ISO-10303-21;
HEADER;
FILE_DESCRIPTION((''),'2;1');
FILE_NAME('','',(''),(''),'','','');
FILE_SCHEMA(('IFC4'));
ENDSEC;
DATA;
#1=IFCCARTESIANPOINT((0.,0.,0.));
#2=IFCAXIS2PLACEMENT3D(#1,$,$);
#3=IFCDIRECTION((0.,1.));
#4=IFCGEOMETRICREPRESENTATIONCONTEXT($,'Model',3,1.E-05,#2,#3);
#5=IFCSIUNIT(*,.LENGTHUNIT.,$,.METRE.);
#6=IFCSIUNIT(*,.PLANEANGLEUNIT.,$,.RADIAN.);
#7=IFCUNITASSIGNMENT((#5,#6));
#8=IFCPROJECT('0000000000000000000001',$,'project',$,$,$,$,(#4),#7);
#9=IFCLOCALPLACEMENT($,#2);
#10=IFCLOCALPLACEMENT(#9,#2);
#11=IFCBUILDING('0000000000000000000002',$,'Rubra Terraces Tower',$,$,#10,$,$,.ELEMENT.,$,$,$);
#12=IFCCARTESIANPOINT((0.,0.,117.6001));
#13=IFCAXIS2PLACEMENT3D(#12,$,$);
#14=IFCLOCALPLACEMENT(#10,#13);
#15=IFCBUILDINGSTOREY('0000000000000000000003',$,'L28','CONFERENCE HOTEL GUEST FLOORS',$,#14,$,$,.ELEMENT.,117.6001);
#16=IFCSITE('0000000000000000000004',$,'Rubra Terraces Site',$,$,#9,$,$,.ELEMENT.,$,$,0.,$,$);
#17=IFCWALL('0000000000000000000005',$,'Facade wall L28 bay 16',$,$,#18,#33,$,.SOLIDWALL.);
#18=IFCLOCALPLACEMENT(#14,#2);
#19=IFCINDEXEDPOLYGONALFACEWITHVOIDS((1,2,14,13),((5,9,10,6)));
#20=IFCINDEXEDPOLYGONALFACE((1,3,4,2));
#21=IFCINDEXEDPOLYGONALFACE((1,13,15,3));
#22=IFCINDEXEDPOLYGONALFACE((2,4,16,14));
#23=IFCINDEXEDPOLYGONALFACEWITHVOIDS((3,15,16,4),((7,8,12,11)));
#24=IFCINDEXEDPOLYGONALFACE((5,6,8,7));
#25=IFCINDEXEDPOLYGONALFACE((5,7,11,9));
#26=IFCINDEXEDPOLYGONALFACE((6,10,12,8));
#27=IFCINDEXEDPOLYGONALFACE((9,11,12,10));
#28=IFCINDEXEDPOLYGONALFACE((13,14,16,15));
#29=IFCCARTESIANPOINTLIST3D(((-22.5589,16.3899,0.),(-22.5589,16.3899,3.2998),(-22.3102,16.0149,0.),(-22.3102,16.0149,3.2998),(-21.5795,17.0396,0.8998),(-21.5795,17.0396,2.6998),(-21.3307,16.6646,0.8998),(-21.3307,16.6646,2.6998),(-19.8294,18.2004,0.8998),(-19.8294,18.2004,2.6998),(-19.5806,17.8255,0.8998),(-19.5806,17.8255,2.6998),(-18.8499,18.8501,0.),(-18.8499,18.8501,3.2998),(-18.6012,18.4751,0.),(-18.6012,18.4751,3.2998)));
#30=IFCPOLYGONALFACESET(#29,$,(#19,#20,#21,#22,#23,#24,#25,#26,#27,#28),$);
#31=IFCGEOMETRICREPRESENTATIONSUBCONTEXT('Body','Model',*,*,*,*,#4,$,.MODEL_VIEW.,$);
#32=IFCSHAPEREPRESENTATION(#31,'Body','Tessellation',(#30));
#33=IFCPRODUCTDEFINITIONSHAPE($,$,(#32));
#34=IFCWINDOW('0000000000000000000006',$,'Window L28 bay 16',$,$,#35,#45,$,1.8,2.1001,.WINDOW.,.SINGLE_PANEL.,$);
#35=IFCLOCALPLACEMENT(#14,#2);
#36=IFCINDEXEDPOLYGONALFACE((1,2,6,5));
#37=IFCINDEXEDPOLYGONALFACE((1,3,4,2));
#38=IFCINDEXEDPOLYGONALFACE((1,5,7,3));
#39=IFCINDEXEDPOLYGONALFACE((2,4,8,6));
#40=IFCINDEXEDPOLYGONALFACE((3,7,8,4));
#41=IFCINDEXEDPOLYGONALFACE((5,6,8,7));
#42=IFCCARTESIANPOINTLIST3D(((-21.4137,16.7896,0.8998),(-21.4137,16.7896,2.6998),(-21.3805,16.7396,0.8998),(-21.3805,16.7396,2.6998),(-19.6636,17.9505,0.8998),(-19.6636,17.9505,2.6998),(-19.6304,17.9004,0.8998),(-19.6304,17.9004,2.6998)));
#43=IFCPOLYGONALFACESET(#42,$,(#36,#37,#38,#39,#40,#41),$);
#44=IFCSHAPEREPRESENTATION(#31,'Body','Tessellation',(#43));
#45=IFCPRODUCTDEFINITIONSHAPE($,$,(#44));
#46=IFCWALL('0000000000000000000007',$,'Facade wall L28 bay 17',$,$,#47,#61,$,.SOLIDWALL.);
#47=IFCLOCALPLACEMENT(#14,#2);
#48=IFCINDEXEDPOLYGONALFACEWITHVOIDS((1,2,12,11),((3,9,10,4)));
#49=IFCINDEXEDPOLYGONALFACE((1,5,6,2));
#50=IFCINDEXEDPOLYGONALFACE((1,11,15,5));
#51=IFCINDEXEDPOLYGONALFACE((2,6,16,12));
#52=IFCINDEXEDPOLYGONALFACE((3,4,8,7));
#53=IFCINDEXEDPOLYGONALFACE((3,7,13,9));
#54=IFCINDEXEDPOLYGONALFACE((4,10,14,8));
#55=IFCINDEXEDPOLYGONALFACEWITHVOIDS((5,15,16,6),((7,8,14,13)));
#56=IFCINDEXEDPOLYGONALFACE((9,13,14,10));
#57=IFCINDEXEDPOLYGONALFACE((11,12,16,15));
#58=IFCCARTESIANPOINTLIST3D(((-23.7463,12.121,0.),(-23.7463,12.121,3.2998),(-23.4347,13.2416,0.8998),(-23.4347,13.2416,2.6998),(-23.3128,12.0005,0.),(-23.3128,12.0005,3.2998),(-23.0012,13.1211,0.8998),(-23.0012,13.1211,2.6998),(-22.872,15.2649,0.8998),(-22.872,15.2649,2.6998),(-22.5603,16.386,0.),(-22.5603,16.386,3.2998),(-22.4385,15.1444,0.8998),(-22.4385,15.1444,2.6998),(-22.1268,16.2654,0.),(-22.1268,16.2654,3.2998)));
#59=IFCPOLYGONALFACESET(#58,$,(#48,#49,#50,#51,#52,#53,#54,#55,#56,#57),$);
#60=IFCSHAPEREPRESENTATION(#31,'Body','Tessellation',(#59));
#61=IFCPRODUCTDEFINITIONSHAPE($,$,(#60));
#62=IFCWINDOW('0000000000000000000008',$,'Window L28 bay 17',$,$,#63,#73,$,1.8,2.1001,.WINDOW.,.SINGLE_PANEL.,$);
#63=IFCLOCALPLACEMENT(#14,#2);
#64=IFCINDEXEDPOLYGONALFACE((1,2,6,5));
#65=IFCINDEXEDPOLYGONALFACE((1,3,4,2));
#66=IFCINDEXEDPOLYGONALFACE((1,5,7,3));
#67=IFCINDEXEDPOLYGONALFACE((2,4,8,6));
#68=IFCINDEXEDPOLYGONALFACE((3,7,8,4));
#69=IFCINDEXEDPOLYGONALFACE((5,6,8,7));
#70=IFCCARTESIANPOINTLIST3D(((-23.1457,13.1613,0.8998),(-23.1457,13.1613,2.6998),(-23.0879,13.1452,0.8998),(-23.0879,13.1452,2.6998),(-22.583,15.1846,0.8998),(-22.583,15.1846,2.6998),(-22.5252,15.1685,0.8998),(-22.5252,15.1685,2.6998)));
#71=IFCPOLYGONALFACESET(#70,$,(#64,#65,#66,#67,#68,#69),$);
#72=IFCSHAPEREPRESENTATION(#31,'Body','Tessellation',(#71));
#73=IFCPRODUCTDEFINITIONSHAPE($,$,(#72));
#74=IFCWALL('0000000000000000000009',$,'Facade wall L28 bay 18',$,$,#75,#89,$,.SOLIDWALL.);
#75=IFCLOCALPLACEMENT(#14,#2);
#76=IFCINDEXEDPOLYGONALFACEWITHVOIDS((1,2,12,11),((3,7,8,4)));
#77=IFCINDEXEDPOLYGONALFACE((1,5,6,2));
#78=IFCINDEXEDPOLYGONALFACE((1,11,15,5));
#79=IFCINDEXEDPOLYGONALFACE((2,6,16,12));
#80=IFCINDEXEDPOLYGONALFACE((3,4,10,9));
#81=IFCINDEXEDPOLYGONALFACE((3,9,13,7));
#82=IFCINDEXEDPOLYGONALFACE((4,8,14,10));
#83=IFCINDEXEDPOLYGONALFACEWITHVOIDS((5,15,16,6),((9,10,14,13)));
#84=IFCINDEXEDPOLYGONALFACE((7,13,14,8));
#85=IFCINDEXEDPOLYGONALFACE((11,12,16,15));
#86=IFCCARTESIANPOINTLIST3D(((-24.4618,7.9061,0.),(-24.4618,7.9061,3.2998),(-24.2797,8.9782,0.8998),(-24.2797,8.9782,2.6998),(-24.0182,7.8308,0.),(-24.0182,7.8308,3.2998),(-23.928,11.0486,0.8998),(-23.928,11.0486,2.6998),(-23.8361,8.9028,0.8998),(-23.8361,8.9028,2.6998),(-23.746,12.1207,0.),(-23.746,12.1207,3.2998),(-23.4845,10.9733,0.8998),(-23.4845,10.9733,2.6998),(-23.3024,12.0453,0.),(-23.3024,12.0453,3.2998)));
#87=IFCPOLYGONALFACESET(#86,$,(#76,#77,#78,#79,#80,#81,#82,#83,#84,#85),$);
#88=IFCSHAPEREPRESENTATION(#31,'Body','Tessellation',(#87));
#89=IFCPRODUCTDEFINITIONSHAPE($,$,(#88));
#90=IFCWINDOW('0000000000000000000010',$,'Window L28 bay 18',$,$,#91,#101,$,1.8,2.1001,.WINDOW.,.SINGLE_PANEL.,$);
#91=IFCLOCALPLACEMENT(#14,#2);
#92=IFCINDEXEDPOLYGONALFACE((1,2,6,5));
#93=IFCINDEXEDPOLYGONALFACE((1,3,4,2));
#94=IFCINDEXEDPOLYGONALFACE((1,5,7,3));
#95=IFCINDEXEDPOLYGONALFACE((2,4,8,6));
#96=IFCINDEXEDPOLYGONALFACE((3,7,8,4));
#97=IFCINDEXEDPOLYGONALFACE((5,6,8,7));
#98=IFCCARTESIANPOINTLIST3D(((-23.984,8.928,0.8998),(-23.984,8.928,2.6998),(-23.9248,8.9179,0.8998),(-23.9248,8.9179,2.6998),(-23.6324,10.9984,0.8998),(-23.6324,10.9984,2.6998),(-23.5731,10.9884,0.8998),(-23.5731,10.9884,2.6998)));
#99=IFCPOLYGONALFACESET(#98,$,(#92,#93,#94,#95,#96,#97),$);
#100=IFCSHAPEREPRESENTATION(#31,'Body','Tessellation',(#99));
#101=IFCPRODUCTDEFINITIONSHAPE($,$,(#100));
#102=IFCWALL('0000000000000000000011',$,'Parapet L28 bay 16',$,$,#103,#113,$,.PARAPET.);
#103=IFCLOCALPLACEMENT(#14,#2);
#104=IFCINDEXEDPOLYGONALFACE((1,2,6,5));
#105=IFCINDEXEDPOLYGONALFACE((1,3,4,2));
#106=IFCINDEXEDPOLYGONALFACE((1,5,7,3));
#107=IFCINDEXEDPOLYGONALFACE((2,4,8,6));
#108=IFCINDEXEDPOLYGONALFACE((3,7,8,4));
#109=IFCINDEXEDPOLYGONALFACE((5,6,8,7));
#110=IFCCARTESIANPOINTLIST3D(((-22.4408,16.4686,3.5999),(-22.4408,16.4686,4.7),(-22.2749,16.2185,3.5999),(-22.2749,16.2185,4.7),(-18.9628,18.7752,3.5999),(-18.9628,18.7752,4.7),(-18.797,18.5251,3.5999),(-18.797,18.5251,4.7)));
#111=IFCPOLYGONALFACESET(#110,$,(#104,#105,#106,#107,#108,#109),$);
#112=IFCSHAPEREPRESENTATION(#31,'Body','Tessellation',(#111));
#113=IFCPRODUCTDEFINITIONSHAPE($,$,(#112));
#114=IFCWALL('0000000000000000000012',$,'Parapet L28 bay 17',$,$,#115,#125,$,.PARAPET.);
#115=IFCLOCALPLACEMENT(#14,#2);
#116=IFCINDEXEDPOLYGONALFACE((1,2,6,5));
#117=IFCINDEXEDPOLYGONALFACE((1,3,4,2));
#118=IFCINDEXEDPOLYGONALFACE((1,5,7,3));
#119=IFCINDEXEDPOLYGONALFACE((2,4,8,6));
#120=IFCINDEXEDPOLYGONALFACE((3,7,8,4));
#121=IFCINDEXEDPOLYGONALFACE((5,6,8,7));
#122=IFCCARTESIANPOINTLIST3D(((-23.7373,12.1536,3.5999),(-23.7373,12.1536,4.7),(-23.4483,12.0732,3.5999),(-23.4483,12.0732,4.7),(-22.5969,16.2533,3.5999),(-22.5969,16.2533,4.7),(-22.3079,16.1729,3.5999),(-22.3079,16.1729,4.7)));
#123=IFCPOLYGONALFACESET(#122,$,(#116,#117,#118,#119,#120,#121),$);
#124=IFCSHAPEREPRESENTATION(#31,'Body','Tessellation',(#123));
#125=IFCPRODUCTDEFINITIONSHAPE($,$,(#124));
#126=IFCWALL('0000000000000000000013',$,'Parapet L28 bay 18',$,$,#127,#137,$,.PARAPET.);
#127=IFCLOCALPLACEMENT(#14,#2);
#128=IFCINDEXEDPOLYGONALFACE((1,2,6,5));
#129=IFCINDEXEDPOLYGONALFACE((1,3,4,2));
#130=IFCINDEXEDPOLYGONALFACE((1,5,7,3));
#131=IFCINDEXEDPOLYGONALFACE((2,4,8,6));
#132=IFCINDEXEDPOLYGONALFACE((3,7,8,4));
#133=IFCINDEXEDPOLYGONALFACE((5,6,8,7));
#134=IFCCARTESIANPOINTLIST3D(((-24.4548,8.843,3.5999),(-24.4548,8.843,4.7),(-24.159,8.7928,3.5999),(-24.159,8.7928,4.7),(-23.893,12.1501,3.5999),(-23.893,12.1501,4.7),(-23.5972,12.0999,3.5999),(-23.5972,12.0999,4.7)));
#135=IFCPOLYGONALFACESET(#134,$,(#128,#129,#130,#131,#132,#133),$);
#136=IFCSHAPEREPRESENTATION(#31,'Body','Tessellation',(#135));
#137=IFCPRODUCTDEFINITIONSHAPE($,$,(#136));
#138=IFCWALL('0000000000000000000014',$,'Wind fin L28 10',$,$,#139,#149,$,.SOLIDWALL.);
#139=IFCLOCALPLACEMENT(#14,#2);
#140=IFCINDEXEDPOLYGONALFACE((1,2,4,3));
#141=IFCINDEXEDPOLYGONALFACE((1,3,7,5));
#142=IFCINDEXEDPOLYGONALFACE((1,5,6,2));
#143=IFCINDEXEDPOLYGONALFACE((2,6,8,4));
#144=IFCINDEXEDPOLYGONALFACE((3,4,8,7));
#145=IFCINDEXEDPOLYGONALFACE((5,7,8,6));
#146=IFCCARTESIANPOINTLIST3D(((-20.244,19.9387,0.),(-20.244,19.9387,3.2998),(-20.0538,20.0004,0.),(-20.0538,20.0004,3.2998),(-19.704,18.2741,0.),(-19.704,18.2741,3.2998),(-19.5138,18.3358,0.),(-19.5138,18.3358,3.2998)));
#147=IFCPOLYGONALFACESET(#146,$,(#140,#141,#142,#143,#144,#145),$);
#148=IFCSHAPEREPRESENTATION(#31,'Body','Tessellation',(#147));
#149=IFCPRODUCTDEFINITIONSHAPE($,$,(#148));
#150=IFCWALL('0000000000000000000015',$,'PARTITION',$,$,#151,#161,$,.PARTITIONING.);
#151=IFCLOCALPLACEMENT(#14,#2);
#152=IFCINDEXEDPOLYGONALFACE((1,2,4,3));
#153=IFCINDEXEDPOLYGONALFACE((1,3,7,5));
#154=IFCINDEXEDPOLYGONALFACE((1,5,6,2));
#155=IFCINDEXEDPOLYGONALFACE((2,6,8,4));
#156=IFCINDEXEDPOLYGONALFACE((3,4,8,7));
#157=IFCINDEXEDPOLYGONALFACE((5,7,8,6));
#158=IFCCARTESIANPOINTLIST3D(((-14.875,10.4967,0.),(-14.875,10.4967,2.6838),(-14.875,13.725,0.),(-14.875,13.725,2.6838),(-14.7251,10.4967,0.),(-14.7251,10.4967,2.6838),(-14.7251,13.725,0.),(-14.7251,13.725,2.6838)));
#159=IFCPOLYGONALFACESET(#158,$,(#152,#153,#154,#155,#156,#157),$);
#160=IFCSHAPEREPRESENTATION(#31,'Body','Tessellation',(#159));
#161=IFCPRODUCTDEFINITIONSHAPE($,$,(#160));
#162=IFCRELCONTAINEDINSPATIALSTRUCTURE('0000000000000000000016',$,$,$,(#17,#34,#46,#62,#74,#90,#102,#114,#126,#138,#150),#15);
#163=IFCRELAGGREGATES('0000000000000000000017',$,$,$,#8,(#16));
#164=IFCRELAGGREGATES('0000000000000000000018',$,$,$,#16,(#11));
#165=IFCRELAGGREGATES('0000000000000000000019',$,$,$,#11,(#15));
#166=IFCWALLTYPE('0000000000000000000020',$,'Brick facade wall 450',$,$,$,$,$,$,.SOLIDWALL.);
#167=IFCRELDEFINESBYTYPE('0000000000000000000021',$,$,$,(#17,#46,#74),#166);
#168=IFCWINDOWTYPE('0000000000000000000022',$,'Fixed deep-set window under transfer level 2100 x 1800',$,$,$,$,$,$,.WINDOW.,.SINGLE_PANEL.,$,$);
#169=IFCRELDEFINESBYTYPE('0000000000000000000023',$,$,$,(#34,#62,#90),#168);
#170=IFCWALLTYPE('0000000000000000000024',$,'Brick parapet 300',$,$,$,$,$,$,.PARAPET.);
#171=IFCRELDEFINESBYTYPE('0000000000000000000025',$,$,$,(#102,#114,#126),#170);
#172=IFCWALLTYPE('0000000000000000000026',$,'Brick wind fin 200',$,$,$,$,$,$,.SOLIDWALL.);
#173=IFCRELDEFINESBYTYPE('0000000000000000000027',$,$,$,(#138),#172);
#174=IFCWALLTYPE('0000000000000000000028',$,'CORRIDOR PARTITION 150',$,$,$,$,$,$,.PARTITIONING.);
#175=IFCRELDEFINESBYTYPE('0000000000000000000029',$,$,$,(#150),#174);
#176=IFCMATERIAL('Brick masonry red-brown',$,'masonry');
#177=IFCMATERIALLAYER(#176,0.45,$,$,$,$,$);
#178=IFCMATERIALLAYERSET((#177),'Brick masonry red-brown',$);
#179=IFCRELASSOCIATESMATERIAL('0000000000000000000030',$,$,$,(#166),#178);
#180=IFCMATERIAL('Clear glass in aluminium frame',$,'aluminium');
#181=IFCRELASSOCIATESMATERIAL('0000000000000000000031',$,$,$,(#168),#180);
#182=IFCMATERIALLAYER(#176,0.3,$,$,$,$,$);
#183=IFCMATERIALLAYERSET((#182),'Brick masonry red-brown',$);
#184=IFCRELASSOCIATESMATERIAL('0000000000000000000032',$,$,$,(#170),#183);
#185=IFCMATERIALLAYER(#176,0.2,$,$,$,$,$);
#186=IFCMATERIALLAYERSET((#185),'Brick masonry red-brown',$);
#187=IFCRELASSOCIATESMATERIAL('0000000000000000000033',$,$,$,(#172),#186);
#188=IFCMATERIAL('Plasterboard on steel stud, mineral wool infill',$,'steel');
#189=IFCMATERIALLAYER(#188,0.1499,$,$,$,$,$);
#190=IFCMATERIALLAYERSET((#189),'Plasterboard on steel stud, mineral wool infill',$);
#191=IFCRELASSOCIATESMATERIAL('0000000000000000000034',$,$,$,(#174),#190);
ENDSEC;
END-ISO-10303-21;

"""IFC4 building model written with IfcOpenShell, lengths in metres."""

from ifc_helpers import new_model, si_unit, direction, frame, frame_2d, origin, place, context, subcontext, project, spatial, rectangle, extrude, material, layer, layer_set, type_object, element, fill, save


model = new_model("IFC4")

# Units and contexts
model_context = context("Model", 3, precision=1e-05, world=origin(), true_north=direction((0.0, 1.0)))
body_context = subcontext(model_context, "Body", "Model", "MODEL_VIEW")
ifc_project = project(units=[si_unit("LENGTHUNIT", "METRE"), si_unit("PLANEANGLEUNIT", "RADIAN")], contexts=[model_context])

# Site, building, storey
site_placement = place(None, origin())
site = spatial("IfcSite", under=ifc_project, at=site_placement, Name="Rubra Terraces Site", CompositionType="ELEMENT", RefElevation=0.0)
building_placement = place(site_placement, origin())
building = spatial("IfcBuilding", under=site, at=building_placement, Name="Rubra Terraces Tower", CompositionType="ELEMENT")
storey_placement = place(building_placement, frame((0.0, 0.0, 117.6001)))
storey = spatial("IfcBuildingStorey", under=building, at=storey_placement, Name="L28", Description="CONFERENCE HOTEL GUEST FLOORS", CompositionType="ELEMENT", Elevation=117.6001)

# Walls, openings, windows
ifc_material_1 = material(Name="Brick masonry red-brown", Category="masonry")
ifc_layer_1 = layer(ifc_material_1, 0.45)
ifc_layer_set_1 = layer_set([ifc_layer_1], Name="Brick masonry red-brown")
wall_type_1 = type_object("IfcWallType", Name="Brick facade wall 450", PredefinedType="SOLIDWALL", material=ifc_layer_set_1)
wall_1_placement = place(storey_placement, frame((-18.7256, 18.6626, 0.0), z_axis=(0.0, 0.0, 1.0), x_axis=(-0.833339, -0.552762, 0.0)))
wall_1 = element("IfcWall", 1, at=wall_1_placement, inside=storey, type_object=wall_type_1, Name="Facade wall L28 bay 16", PredefinedType="SOLIDWALL", context=body_context, shape_type="SweptSolid", body=[
    extrude(rectangle(XDim=4.4507, YDim=0.45, at=frame_2d((2.2253, 0.0))), origin(), (0.0, 0.0, 1.0), 3.2998),
])
opening_1_placement = place(wall_1_placement, frame((1.1753, 0.0, 0.8999)))
opening_1 = element("IfcOpeningElement", 2, at=opening_1_placement, cuts=wall_1, PredefinedType="OPENING", context=body_context, shape_type="SweptSolid", body=[
    extrude(rectangle(XDim=2.1001, YDim=1.8, at=frame_2d((1.05, 0.8999))), frame((0.0, 0.2349, 0.0), z_axis=(0.0, -1.0, 0.0), x_axis=(1.0, 0.0, 0.0)), (0.0, 0.0, 1.0), 0.47),
])
ifc_material_2 = material(Name="Clear glass in aluminium frame", Category="aluminium")
window_type = type_object("IfcWindowType", Name="Fixed deep-set window under transfer level 2100 x 1800", PartitioningType="SINGLE_PANEL", PredefinedType="WINDOW", material=ifc_material_2)
window_1_placement = place(opening_1_placement, origin())
window_1 = element("IfcWindow", 3, at=window_1_placement, inside=storey, type_object=window_type, Name="Window L28 bay 16", OverallHeight=1.8, OverallWidth=2.1001, PartitioningType="SINGLE_PANEL", PredefinedType="WINDOW", context=body_context, shape_type="SweptSolid", body=[
    extrude(rectangle(XDim=2.1001, YDim=1.8, at=frame_2d((1.05, 0.8999))), frame((0.0, 0.135, 0.0), z_axis=(0.0, -1.0, 0.0), x_axis=(1.0, 0.0, 0.0)), (0.0, 0.0, 1.0), 0.0601),
])
fill(opening_1, window_1)
wall_2_placement = place(storey_placement, frame((-22.3435, 16.3257, 0.0), z_axis=(0.0, 0.0, 1.0), x_axis=(-0.267925, -0.96344, 0.0)))
wall_2 = element("IfcWall", 4, at=wall_2_placement, inside=storey, type_object=wall_type_1, Name="Facade wall L28 bay 17", PredefinedType="SOLIDWALL", context=body_context, shape_type="SweptSolid", body=[
    extrude(rectangle(XDim=4.4268, YDim=0.45, at=frame_2d((2.2134, 0.0))), origin(), (0.0, 0.0, 1.0), 3.2998),
])
opening_2_placement = place(wall_2_placement, frame((1.1636, 0.0, 0.8999)))
opening_2 = element("IfcOpeningElement", 5, at=opening_2_placement, cuts=wall_2, PredefinedType="OPENING", context=body_context, shape_type="SweptSolid", body=[
    extrude(rectangle(XDim=2.1001, YDim=1.8, at=frame_2d((1.05, 0.8999))), frame((0.0, 0.2349, 0.0), z_axis=(0.0, -1.0, 0.0), x_axis=(1.0, 0.0, 0.0)), (0.0, 0.0, 1.0), 0.47),
])
window_2_placement = place(opening_2_placement, origin())
window_2 = element("IfcWindow", 6, at=window_2_placement, inside=storey, type_object=window_type, Name="Window L28 bay 17", OverallHeight=1.8, OverallWidth=2.1001, PartitioningType="SINGLE_PANEL", PredefinedType="WINDOW", context=body_context, shape_type="SweptSolid", body=[
    extrude(rectangle(XDim=2.1001, YDim=1.8, at=frame_2d((1.05, 0.8999))), frame((0.0, 0.135, 0.0), z_axis=(0.0, -1.0, 0.0), x_axis=(1.0, 0.0, 0.0)), (0.0, 0.0, 1.0), 0.0601),
])
fill(opening_2, window_2)
wall_3_placement = place(storey_placement, frame((-23.5242, 12.083, 0.0), z_axis=(0.0, 0.0, 1.0), x_axis=(-0.167445, -0.985881, 0.0)))
wall_3 = element("IfcWall", 7, at=wall_3_placement, inside=storey, type_object=wall_type_1, Name="Facade wall L28 bay 18", PredefinedType="SOLIDWALL", context=body_context, shape_type="SweptSolid", body=[
    extrude(rectangle(XDim=4.2749, YDim=0.45, at=frame_2d((2.1375, 0.0))), origin(), (0.0, 0.0, 1.0), 3.2998),
])
opening_3_placement = place(wall_3_placement, frame((1.0874, 0.0, 0.8999)))
opening_3 = element("IfcOpeningElement", 8, at=opening_3_placement, cuts=wall_3, PredefinedType="OPENING", context=body_context, shape_type="SweptSolid", body=[
    extrude(rectangle(XDim=2.1001, YDim=1.8, at=frame_2d((1.05, 0.8999))), frame((0.0, 0.2349, 0.0), z_axis=(0.0, -1.0, 0.0), x_axis=(1.0, 0.0, 0.0)), (0.0, 0.0, 1.0), 0.47),
])
window_3_placement = place(opening_3_placement, origin())
window_3 = element("IfcWindow", 9, at=window_3_placement, inside=storey, type_object=window_type, Name="Window L28 bay 18", OverallHeight=1.8, OverallWidth=2.1001, PartitioningType="SINGLE_PANEL", PredefinedType="WINDOW", context=body_context, shape_type="SweptSolid", body=[
    extrude(rectangle(XDim=2.1001, YDim=1.8, at=frame_2d((1.05, 0.8999))), frame((0.0, 0.135, 0.0), z_axis=(0.0, -1.0, 0.0), x_axis=(1.0, 0.0, 0.0)), (0.0, 0.0, 1.0), 0.0601),
])
fill(opening_3, window_3)

# Walls
ifc_layer_2 = layer(ifc_material_1, 0.3)
ifc_layer_set_2 = layer_set([ifc_layer_2], Name="Brick masonry red-brown")
wall_type_2 = type_object("IfcWallType", Name="Brick parapet 300", PredefinedType="PARAPET", material=ifc_layer_set_2)
wall_4_placement = place(storey_placement, frame((-18.8799, 18.6501, 3.5999), z_axis=(0.0, 0.0, 1.0), x_axis=(-0.83338, -0.552701, 0.0)))
element("IfcWall", 10, at=wall_4_placement, inside=storey, type_object=wall_type_2, Name="Parapet L28 bay 16", PredefinedType="PARAPET", context=body_context, shape_type="SweptSolid", body=[
    extrude(rectangle(XDim=4.1733, YDim=0.3, at=frame_2d((2.0867, 0.0))), origin(), (0.0, 0.0, 1.0), 1.1001),
])
wall_5_placement = place(storey_placement, frame((-22.4524, 16.2131, 3.5999), z_axis=(0.0, 0.0, 1.0), x_axis=(-0.267993, -0.963421, 0.0)))
element("IfcWall", 11, at=wall_5_placement, inside=storey, type_object=wall_type_2, Name="Parapet L28 bay 17", PredefinedType="PARAPET", context=body_context, shape_type="SweptSolid", body=[
    extrude(rectangle(XDim=4.2554, YDim=0.3, at=frame_2d((2.1277, 0.0))), origin(), (0.0, 0.0, 1.0), 1.1001),
])
wall_6_placement = place(storey_placement, frame((-23.7451, 12.125, 3.5999), z_axis=(0.0, 0.0, 1.0), x_axis=(-0.167467, -0.985878, 0.0)))
element("IfcWall", 12, at=wall_6_placement, inside=storey, type_object=wall_type_2, Name="Parapet L28 bay 18", PredefinedType="PARAPET", context=body_context, shape_type="SweptSolid", body=[
    extrude(rectangle(XDim=3.3545, YDim=0.3, at=frame_2d((1.6772, 0.0))), origin(), (0.0, 0.0, 1.0), 1.1001),
])
ifc_layer_3 = layer(ifc_material_1, 0.2)
ifc_layer_set_3 = layer_set([ifc_layer_3], Name="Brick masonry red-brown")
wall_type_3 = type_object("IfcWallType", Name="Brick wind fin 200", PredefinedType="SOLIDWALL", material=ifc_layer_set_3)
wall_7_placement = place(storey_placement, frame((-19.6089, 18.3049, 0.0), z_axis=(0.0, 0.0, 1.0), x_axis=(-0.3086, 0.951192, 0.0)))
element("IfcWall", 13, at=wall_7_placement, inside=storey, type_object=wall_type_3, Name="Wind fin L28 10", PredefinedType="SOLIDWALL", context=body_context, shape_type="SweptSolid", body=[
    extrude(rectangle(XDim=1.75, YDim=0.2, at=frame_2d((0.875, 0.0))), origin(), (0.0, 0.0, 1.0), 3.2998),
])
ifc_material_3 = material(Name="Plasterboard on steel stud, mineral wool infill", Category="steel")
ifc_layer_4 = layer(ifc_material_3, 0.1499)
ifc_layer_set_4 = layer_set([ifc_layer_4], Name="Plasterboard on steel stud, mineral wool infill")
wall_type_4 = type_object("IfcWallType", Name="CORRIDOR PARTITION 150", PredefinedType="PARTITIONING", material=ifc_layer_set_4)
wall_8_placement = place(storey_placement, frame((-14.8, 13.7251, 0.0), z_axis=(0.0, 0.0, 1.0), x_axis=(0.0, -1.0, 0.0)))
element("IfcWall", 14, at=wall_8_placement, inside=storey, type_object=wall_type_4, Name="PARTITION", PredefinedType="PARTITIONING", context=body_context, shape_type="SweptSolid", body=[
    extrude(rectangle(XDim=3.2283, YDim=0.1499, at=frame_2d((1.6143, 0.0))), origin(), (0.0, 0.0, 1.0), 2.6838),
])

save(model, "model.ifc")
